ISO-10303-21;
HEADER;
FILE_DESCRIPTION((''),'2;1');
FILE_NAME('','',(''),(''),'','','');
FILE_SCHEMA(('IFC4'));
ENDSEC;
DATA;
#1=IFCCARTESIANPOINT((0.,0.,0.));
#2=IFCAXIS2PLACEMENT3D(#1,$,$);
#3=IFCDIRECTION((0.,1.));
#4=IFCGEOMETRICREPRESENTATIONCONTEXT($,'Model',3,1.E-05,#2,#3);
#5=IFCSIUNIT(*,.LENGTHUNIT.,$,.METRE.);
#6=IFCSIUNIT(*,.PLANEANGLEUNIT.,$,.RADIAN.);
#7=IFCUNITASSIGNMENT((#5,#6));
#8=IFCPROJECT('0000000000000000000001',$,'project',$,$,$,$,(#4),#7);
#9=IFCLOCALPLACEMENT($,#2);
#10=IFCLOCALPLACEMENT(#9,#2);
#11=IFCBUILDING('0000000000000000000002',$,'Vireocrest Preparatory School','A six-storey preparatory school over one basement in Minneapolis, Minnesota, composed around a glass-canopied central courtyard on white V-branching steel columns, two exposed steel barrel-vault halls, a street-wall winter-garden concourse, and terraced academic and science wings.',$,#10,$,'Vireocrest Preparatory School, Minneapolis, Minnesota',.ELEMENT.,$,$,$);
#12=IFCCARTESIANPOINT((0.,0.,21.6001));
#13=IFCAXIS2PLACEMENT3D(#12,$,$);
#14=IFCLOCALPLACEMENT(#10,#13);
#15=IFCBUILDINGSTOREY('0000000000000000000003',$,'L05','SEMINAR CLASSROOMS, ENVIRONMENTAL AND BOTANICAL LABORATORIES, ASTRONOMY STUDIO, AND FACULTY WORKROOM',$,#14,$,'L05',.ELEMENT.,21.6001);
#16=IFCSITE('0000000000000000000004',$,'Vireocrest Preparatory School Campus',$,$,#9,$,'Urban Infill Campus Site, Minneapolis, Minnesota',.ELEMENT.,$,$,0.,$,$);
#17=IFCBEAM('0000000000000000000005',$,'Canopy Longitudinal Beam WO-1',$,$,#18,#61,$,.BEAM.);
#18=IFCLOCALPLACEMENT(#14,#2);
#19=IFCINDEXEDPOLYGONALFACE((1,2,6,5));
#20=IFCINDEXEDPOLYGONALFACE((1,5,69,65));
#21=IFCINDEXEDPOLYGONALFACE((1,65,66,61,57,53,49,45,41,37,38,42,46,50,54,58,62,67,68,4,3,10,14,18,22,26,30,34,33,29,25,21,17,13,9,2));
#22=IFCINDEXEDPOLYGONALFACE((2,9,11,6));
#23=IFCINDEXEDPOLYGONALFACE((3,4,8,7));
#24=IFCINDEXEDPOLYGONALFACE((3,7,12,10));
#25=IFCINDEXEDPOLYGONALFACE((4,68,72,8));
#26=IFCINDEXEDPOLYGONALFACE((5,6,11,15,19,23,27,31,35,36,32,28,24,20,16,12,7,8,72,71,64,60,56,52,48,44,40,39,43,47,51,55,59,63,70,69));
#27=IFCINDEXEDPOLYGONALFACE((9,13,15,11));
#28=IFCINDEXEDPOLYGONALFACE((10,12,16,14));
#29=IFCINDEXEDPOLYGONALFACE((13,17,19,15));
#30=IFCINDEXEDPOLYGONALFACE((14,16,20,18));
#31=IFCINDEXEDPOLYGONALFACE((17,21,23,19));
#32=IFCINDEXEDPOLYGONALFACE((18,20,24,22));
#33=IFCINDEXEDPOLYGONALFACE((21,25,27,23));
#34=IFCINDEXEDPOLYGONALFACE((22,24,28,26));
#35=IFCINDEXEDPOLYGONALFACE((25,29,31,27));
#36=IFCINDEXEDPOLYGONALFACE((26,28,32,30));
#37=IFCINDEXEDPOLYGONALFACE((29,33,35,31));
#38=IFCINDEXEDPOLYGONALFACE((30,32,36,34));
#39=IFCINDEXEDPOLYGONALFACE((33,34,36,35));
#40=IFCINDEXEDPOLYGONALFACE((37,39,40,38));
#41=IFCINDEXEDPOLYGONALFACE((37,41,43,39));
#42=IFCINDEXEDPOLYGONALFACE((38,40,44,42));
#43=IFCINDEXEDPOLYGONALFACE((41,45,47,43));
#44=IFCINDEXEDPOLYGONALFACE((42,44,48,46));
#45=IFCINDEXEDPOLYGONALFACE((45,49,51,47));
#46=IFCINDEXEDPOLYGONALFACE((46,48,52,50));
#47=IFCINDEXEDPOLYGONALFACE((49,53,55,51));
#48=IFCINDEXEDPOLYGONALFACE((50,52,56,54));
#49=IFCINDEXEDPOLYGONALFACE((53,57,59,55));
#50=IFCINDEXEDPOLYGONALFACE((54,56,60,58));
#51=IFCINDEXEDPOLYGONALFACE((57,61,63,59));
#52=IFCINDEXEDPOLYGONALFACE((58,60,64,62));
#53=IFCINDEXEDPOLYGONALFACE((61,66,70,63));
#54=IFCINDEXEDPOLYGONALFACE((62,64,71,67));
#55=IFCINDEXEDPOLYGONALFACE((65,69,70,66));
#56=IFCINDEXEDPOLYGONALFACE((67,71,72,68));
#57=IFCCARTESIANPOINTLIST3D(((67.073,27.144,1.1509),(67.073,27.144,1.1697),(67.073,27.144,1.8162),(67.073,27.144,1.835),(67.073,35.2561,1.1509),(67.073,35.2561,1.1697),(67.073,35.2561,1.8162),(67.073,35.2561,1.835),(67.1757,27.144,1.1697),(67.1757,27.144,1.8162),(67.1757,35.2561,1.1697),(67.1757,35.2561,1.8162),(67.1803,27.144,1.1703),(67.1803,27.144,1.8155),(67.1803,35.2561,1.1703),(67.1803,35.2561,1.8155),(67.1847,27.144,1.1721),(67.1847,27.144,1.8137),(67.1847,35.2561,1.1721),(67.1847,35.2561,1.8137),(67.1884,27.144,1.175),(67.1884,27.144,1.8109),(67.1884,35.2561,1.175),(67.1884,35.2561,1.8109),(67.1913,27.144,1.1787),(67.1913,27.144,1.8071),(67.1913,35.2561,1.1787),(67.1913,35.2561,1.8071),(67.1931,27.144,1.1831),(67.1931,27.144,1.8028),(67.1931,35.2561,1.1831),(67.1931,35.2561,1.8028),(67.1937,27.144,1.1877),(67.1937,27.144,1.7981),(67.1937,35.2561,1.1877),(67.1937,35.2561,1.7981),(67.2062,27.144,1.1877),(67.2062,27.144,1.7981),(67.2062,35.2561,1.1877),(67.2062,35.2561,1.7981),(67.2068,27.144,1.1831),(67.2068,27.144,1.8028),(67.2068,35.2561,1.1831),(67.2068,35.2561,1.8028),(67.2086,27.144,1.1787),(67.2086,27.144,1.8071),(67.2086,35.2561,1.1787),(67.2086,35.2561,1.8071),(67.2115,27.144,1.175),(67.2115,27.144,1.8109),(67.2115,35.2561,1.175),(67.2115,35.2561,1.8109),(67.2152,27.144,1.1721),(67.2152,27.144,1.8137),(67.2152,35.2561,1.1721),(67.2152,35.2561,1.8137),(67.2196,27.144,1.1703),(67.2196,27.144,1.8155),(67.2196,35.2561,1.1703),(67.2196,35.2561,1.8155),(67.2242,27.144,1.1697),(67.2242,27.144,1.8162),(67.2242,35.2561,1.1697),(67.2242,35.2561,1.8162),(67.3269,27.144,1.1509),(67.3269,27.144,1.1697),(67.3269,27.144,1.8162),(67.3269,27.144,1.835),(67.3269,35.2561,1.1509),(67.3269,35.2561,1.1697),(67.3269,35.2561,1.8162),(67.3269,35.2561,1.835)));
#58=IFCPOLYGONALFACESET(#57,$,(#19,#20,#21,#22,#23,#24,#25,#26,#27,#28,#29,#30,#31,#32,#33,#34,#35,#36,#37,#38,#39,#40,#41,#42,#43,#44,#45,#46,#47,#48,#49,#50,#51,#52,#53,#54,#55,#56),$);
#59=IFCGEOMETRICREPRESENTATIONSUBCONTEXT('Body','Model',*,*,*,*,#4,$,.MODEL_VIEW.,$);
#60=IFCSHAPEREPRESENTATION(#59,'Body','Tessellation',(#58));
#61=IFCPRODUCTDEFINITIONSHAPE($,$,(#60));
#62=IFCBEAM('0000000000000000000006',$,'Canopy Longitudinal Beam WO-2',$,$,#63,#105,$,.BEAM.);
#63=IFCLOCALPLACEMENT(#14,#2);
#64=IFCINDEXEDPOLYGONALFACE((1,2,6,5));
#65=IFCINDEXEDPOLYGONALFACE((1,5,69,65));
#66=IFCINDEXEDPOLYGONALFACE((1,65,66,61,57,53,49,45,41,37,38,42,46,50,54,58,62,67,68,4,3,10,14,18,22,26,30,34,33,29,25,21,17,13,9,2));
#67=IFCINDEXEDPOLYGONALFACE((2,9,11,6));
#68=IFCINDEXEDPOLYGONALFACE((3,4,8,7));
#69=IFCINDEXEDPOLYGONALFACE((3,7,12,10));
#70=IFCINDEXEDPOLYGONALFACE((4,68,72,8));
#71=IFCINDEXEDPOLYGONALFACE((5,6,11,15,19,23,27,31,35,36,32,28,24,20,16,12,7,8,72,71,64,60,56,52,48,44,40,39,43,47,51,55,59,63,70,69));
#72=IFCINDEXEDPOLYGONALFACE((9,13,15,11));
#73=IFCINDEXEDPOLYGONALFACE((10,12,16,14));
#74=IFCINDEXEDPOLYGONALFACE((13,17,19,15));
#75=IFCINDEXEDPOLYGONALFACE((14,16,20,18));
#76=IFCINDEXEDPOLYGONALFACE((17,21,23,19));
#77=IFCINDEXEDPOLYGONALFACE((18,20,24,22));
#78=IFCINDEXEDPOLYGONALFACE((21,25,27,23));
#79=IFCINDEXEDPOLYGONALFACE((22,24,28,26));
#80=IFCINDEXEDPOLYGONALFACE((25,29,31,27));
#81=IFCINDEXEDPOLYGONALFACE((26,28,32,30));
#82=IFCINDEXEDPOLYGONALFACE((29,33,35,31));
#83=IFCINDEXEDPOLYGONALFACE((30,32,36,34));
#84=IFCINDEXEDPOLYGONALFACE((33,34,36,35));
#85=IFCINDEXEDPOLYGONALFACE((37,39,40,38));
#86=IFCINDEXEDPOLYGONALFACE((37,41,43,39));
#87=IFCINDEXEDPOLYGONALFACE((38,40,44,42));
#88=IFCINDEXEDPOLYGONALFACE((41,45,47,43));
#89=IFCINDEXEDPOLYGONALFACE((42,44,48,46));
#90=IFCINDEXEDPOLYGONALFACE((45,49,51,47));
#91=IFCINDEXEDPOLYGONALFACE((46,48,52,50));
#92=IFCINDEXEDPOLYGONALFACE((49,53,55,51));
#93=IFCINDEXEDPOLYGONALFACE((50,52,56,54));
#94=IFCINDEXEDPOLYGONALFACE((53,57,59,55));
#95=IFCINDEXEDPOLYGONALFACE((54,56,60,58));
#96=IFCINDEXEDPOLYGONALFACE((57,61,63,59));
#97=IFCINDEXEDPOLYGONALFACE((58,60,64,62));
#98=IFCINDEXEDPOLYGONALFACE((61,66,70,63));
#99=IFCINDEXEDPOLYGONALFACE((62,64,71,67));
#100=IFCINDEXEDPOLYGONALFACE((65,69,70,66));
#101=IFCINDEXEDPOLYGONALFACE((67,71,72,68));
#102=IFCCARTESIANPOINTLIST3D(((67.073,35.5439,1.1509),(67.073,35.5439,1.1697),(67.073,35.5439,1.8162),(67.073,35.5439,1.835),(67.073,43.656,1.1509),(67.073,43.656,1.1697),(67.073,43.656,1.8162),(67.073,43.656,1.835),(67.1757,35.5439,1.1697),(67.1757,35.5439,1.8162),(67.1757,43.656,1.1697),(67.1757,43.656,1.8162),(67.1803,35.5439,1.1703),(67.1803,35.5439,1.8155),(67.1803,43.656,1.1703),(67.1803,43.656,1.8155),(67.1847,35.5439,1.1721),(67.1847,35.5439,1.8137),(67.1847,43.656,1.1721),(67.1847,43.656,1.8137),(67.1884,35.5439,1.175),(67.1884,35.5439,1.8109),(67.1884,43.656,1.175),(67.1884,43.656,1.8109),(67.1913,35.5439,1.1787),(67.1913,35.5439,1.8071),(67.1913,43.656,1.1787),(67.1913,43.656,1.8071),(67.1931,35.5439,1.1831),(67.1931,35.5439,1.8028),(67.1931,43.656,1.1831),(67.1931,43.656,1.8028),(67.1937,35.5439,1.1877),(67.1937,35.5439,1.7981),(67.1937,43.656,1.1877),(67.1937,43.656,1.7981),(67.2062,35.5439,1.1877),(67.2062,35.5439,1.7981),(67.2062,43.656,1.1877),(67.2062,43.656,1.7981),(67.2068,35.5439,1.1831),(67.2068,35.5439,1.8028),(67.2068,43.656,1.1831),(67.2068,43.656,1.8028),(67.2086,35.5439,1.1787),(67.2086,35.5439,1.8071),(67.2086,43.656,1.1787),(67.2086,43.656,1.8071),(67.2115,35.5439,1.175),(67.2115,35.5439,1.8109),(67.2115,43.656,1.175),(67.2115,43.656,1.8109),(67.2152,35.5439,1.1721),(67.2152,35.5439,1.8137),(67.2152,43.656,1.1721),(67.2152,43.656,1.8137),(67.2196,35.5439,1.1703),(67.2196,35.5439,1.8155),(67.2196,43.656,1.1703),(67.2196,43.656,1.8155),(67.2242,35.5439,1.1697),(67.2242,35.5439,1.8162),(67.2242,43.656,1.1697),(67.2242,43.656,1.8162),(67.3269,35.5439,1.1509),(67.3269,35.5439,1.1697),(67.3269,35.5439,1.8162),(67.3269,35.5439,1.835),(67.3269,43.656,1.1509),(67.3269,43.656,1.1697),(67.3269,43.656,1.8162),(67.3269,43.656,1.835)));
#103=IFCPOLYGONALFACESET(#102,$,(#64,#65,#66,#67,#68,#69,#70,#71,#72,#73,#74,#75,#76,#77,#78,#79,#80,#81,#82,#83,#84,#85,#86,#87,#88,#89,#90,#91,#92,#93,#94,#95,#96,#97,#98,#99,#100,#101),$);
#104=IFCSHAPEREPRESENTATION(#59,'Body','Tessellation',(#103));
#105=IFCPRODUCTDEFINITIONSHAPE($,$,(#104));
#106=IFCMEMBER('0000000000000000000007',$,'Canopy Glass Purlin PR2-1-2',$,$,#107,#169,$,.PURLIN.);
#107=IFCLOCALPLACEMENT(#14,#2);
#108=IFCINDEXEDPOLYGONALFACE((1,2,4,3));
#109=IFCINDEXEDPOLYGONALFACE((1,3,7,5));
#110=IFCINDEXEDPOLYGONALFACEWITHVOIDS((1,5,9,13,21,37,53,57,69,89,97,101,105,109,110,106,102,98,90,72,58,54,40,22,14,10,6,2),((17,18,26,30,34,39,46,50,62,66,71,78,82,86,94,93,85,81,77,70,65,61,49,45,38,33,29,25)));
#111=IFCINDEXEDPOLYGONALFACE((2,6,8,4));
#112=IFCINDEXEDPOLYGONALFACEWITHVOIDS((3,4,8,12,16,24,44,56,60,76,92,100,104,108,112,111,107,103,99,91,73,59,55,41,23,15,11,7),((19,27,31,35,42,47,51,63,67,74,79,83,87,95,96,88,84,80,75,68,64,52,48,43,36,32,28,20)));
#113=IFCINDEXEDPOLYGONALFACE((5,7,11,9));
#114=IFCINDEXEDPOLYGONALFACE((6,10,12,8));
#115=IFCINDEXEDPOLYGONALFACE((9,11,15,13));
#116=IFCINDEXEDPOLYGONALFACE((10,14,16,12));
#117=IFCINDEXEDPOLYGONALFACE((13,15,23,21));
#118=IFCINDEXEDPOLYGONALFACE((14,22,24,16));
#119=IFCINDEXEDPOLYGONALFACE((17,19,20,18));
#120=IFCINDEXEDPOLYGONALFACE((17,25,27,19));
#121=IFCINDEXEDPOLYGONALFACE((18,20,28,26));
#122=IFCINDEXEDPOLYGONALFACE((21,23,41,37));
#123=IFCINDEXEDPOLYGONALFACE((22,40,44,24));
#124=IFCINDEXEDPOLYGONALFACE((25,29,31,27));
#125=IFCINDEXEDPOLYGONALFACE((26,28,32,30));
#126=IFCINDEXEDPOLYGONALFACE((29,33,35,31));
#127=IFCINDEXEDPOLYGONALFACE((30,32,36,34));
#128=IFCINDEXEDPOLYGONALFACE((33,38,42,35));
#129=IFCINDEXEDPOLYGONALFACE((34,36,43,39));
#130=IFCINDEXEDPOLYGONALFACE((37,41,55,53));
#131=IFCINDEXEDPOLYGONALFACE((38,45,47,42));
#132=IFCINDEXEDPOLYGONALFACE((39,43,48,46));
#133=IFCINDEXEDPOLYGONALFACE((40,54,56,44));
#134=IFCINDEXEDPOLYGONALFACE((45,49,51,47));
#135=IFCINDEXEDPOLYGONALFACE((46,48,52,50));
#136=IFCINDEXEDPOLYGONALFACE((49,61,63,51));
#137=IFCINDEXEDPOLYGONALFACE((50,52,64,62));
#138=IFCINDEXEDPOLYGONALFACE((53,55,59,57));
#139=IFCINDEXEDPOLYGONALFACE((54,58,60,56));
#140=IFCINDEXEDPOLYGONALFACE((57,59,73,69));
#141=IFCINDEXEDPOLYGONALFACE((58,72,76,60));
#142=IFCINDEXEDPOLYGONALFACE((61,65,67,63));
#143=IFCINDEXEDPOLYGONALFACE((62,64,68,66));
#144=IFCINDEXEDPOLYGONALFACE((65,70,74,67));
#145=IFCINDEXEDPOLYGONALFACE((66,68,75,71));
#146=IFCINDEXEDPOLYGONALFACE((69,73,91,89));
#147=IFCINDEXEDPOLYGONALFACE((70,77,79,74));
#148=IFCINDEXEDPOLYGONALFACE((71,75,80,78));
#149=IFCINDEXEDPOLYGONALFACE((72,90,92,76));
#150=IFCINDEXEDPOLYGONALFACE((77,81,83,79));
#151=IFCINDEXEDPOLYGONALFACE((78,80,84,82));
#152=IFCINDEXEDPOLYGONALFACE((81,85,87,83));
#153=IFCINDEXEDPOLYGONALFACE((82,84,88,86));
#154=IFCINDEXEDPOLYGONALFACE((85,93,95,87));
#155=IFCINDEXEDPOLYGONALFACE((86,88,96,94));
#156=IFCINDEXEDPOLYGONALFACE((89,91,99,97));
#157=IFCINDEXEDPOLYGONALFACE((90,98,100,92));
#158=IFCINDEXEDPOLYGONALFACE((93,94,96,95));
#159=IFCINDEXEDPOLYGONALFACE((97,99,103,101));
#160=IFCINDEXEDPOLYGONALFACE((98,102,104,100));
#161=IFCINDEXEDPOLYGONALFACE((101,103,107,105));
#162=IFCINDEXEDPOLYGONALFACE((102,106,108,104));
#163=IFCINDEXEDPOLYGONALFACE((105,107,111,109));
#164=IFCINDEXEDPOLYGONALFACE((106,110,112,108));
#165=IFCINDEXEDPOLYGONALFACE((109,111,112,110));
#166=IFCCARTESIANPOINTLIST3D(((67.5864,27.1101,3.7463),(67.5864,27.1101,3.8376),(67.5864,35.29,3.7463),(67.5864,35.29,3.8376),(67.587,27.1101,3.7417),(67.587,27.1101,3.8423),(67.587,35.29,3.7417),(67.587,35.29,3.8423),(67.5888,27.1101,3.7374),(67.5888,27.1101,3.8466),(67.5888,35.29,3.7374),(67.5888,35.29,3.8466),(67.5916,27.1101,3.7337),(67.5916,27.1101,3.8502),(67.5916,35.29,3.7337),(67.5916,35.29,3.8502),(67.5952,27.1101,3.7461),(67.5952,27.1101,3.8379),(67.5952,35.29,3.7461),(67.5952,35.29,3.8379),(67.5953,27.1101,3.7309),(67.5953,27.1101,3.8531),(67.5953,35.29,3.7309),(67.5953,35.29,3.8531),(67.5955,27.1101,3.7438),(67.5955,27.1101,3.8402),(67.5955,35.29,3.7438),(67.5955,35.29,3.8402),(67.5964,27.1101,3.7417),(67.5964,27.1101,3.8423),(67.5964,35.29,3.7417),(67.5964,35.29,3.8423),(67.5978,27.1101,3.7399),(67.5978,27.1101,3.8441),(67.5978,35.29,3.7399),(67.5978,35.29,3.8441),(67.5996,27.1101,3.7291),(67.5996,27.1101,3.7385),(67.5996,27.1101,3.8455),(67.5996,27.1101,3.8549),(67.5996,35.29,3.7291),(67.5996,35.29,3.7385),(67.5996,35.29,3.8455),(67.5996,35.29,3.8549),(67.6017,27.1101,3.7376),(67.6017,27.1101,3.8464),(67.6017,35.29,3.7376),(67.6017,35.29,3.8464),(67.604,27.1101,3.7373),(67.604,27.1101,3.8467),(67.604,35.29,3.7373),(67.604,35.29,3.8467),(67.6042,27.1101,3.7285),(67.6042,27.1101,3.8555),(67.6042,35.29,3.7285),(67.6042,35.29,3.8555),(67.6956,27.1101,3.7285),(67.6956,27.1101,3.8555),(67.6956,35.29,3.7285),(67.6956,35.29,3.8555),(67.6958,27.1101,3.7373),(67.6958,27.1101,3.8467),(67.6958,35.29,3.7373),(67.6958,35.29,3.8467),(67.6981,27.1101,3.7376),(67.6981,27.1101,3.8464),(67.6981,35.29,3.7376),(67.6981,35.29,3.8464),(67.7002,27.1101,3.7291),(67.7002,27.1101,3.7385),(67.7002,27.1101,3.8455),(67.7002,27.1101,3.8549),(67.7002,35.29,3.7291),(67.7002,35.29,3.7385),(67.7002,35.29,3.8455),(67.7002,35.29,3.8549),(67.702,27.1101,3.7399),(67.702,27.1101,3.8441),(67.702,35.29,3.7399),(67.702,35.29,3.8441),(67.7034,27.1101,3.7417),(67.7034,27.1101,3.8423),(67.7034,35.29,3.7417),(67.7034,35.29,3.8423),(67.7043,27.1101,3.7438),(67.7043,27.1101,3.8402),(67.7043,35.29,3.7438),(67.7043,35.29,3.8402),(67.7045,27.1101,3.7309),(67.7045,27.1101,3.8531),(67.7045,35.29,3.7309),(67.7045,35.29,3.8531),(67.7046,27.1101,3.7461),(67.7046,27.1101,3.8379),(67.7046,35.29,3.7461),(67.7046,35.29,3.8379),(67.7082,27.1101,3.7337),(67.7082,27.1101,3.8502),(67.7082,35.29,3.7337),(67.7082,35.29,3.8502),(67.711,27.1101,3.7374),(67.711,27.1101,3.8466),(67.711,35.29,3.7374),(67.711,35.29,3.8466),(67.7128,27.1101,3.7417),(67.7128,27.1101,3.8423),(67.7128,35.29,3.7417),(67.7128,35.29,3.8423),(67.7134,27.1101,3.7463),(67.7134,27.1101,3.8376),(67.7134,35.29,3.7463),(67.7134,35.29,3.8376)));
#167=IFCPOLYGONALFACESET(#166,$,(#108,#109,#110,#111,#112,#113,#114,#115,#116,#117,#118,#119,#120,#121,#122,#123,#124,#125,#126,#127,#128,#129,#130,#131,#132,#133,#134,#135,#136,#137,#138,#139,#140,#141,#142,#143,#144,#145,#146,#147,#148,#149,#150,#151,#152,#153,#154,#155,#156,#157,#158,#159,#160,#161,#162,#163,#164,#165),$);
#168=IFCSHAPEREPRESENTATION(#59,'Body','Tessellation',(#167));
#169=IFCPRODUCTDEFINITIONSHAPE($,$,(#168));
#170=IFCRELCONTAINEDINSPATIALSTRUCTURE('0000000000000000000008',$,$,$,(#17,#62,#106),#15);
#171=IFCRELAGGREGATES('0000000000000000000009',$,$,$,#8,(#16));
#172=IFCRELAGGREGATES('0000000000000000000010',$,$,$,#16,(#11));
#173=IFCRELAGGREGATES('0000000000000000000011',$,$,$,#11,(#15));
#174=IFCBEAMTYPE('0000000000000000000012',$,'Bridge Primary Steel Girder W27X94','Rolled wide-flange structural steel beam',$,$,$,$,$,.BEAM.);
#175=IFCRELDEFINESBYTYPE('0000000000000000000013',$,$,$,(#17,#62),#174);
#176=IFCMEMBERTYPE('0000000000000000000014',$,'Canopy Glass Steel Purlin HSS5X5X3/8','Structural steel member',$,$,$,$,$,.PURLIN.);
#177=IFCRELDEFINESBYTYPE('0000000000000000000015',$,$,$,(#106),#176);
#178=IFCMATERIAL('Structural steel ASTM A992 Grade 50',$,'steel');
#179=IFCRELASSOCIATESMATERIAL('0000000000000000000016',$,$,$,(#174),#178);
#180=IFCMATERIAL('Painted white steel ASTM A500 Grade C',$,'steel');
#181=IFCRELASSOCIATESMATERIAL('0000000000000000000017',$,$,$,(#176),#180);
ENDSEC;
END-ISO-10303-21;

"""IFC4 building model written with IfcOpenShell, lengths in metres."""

from ifc_helpers import new_model, si_unit, direction, frame, origin, origin_2d, place, context, subcontext, project, spatial, hollow_rectangle, i_section, extrude, material, material_profile, profile_set, type_object, element, save


model = new_model("IFC4")

# Units and contexts
model_context = context("Model", 3, precision=1e-05, world=origin(), true_north=direction((0.0, 1.0)))
body_context = subcontext(model_context, "Body", "Model", "MODEL_VIEW")
ifc_project = project(units=[si_unit("LENGTHUNIT", "METRE"), si_unit("PLANEANGLEUNIT", "RADIAN")], contexts=[model_context])

# Site, building, storey
site_placement = place(None, origin())
site = spatial("IfcSite", under=ifc_project, at=site_placement, Name="Vireocrest Preparatory School Campus", LongName="Urban Infill Campus Site, Minneapolis, Minnesota", CompositionType="ELEMENT", RefElevation=0.0)
building_placement = place(site_placement, origin())
building = spatial("IfcBuilding", under=site, at=building_placement, Name="Vireocrest Preparatory School", Description="A six-storey preparatory school over one basement in Minneapolis, Minnesota, composed around a glass-canopied central courtyard on white V-branching steel columns, two exposed steel barrel-vault halls, a street-wall winter-garden concourse, and terraced academic and science wings.", LongName="Vireocrest Preparatory School, Minneapolis, Minnesota", CompositionType="ELEMENT")
storey_placement = place(building_placement, frame((0.0, 0.0, 21.6001)))
storey = spatial("IfcBuildingStorey", under=building, at=storey_placement, Name="L05", Description="SEMINAR CLASSROOMS, ENVIRONMENTAL AND BOTANICAL LABORATORIES, ASTRONOMY STUDIO, AND FACULTY WORKROOM", LongName="L05", CompositionType="ELEMENT", Elevation=21.6001)

# Beams
ifc_material_1 = material(Name="Structural steel ASTM A992 Grade 50", Category="steel")
ifc_material_profile_1 = material_profile(ifc_material_1, i_section(OverallWidth=0.2539, OverallDepth=0.6841, WebThickness=0.0125, FlangeThickness=0.0188, FilletRadius=0.0181, at=origin_2d()), Name="W27X94")
ifc_profile_set_1 = profile_set([ifc_material_profile_1], Name="Structural steel ASTM A992 Grade 50")
beam_type_1 = type_object("IfcBeamType", Name="Bridge Primary Steel Girder W27X94", Description="Rolled wide-flange structural steel beam", PredefinedType="BEAM", material=ifc_profile_set_1)
for number, where, z_axis, x_axis, name in (
    (1, (67.2, 27.144, 1.4929), (0.0, 1.0, 0.0), (-1.0, 0.0, 0.0), "Canopy Longitudinal Beam WO-1"),
    (2, (67.2, 35.5439, 1.4929), (0.0, 1.0, 0.0), (-1.0, 0.0, 0.0), "Canopy Longitudinal Beam WO-2"),
):
    element("IfcBeam", number, at=place(storey_placement, frame(where, z_axis=z_axis, x_axis=x_axis)), inside=storey, type_object=beam_type_1, Name=name, PredefinedType="BEAM", context=body_context, shape_type="SweptSolid", body=[
        extrude(i_section(OverallWidth=0.2539, OverallDepth=0.6841, WebThickness=0.0125, FlangeThickness=0.0188, FilletRadius=0.0181, at=origin_2d()), origin(), (0.0, 0.0, 1.0), 8.1121),
    ])

# Member
ifc_material_2 = material(Name="Painted white steel ASTM A500 Grade C", Category="steel")
ifc_material_profile_2 = material_profile(ifc_material_2, hollow_rectangle(XDim=0.127, YDim=0.127, WallThickness=0.0088, InnerFilletRadius=0.0088, OuterFilletRadius=0.0178, at=origin_2d()), Name="HSS5X5X3/8")
ifc_profile_set_2 = profile_set([ifc_material_profile_2], Name="Painted white steel ASTM A500 Grade C")
member_type_1 = type_object("IfcMemberType", Name="Canopy Glass Steel Purlin HSS5X5X3/8", Description="Structural steel member", PredefinedType="PURLIN", material=ifc_profile_set_2)
for number, where, z_axis, x_axis, name in (
    (3, (67.6499, 27.1101, 3.792), (0.0, 1.0, 0.0), (-1.0, 0.0, 0.0), "Canopy Glass Purlin PR2-1-2"),
):
    element("IfcMember", number, at=place(storey_placement, frame(where, z_axis=z_axis, x_axis=x_axis)), inside=storey, type_object=member_type_1, Name=name, PredefinedType="PURLIN", context=body_context, shape_type="SweptSolid", body=[
        extrude(hollow_rectangle(XDim=0.127, YDim=0.127, WallThickness=0.0088, InnerFilletRadius=0.0088, OuterFilletRadius=0.0178, at=origin_2d()), origin(), (0.0, 0.0, 1.0), 8.1799),
    ])

save(model, "model.ifc")
